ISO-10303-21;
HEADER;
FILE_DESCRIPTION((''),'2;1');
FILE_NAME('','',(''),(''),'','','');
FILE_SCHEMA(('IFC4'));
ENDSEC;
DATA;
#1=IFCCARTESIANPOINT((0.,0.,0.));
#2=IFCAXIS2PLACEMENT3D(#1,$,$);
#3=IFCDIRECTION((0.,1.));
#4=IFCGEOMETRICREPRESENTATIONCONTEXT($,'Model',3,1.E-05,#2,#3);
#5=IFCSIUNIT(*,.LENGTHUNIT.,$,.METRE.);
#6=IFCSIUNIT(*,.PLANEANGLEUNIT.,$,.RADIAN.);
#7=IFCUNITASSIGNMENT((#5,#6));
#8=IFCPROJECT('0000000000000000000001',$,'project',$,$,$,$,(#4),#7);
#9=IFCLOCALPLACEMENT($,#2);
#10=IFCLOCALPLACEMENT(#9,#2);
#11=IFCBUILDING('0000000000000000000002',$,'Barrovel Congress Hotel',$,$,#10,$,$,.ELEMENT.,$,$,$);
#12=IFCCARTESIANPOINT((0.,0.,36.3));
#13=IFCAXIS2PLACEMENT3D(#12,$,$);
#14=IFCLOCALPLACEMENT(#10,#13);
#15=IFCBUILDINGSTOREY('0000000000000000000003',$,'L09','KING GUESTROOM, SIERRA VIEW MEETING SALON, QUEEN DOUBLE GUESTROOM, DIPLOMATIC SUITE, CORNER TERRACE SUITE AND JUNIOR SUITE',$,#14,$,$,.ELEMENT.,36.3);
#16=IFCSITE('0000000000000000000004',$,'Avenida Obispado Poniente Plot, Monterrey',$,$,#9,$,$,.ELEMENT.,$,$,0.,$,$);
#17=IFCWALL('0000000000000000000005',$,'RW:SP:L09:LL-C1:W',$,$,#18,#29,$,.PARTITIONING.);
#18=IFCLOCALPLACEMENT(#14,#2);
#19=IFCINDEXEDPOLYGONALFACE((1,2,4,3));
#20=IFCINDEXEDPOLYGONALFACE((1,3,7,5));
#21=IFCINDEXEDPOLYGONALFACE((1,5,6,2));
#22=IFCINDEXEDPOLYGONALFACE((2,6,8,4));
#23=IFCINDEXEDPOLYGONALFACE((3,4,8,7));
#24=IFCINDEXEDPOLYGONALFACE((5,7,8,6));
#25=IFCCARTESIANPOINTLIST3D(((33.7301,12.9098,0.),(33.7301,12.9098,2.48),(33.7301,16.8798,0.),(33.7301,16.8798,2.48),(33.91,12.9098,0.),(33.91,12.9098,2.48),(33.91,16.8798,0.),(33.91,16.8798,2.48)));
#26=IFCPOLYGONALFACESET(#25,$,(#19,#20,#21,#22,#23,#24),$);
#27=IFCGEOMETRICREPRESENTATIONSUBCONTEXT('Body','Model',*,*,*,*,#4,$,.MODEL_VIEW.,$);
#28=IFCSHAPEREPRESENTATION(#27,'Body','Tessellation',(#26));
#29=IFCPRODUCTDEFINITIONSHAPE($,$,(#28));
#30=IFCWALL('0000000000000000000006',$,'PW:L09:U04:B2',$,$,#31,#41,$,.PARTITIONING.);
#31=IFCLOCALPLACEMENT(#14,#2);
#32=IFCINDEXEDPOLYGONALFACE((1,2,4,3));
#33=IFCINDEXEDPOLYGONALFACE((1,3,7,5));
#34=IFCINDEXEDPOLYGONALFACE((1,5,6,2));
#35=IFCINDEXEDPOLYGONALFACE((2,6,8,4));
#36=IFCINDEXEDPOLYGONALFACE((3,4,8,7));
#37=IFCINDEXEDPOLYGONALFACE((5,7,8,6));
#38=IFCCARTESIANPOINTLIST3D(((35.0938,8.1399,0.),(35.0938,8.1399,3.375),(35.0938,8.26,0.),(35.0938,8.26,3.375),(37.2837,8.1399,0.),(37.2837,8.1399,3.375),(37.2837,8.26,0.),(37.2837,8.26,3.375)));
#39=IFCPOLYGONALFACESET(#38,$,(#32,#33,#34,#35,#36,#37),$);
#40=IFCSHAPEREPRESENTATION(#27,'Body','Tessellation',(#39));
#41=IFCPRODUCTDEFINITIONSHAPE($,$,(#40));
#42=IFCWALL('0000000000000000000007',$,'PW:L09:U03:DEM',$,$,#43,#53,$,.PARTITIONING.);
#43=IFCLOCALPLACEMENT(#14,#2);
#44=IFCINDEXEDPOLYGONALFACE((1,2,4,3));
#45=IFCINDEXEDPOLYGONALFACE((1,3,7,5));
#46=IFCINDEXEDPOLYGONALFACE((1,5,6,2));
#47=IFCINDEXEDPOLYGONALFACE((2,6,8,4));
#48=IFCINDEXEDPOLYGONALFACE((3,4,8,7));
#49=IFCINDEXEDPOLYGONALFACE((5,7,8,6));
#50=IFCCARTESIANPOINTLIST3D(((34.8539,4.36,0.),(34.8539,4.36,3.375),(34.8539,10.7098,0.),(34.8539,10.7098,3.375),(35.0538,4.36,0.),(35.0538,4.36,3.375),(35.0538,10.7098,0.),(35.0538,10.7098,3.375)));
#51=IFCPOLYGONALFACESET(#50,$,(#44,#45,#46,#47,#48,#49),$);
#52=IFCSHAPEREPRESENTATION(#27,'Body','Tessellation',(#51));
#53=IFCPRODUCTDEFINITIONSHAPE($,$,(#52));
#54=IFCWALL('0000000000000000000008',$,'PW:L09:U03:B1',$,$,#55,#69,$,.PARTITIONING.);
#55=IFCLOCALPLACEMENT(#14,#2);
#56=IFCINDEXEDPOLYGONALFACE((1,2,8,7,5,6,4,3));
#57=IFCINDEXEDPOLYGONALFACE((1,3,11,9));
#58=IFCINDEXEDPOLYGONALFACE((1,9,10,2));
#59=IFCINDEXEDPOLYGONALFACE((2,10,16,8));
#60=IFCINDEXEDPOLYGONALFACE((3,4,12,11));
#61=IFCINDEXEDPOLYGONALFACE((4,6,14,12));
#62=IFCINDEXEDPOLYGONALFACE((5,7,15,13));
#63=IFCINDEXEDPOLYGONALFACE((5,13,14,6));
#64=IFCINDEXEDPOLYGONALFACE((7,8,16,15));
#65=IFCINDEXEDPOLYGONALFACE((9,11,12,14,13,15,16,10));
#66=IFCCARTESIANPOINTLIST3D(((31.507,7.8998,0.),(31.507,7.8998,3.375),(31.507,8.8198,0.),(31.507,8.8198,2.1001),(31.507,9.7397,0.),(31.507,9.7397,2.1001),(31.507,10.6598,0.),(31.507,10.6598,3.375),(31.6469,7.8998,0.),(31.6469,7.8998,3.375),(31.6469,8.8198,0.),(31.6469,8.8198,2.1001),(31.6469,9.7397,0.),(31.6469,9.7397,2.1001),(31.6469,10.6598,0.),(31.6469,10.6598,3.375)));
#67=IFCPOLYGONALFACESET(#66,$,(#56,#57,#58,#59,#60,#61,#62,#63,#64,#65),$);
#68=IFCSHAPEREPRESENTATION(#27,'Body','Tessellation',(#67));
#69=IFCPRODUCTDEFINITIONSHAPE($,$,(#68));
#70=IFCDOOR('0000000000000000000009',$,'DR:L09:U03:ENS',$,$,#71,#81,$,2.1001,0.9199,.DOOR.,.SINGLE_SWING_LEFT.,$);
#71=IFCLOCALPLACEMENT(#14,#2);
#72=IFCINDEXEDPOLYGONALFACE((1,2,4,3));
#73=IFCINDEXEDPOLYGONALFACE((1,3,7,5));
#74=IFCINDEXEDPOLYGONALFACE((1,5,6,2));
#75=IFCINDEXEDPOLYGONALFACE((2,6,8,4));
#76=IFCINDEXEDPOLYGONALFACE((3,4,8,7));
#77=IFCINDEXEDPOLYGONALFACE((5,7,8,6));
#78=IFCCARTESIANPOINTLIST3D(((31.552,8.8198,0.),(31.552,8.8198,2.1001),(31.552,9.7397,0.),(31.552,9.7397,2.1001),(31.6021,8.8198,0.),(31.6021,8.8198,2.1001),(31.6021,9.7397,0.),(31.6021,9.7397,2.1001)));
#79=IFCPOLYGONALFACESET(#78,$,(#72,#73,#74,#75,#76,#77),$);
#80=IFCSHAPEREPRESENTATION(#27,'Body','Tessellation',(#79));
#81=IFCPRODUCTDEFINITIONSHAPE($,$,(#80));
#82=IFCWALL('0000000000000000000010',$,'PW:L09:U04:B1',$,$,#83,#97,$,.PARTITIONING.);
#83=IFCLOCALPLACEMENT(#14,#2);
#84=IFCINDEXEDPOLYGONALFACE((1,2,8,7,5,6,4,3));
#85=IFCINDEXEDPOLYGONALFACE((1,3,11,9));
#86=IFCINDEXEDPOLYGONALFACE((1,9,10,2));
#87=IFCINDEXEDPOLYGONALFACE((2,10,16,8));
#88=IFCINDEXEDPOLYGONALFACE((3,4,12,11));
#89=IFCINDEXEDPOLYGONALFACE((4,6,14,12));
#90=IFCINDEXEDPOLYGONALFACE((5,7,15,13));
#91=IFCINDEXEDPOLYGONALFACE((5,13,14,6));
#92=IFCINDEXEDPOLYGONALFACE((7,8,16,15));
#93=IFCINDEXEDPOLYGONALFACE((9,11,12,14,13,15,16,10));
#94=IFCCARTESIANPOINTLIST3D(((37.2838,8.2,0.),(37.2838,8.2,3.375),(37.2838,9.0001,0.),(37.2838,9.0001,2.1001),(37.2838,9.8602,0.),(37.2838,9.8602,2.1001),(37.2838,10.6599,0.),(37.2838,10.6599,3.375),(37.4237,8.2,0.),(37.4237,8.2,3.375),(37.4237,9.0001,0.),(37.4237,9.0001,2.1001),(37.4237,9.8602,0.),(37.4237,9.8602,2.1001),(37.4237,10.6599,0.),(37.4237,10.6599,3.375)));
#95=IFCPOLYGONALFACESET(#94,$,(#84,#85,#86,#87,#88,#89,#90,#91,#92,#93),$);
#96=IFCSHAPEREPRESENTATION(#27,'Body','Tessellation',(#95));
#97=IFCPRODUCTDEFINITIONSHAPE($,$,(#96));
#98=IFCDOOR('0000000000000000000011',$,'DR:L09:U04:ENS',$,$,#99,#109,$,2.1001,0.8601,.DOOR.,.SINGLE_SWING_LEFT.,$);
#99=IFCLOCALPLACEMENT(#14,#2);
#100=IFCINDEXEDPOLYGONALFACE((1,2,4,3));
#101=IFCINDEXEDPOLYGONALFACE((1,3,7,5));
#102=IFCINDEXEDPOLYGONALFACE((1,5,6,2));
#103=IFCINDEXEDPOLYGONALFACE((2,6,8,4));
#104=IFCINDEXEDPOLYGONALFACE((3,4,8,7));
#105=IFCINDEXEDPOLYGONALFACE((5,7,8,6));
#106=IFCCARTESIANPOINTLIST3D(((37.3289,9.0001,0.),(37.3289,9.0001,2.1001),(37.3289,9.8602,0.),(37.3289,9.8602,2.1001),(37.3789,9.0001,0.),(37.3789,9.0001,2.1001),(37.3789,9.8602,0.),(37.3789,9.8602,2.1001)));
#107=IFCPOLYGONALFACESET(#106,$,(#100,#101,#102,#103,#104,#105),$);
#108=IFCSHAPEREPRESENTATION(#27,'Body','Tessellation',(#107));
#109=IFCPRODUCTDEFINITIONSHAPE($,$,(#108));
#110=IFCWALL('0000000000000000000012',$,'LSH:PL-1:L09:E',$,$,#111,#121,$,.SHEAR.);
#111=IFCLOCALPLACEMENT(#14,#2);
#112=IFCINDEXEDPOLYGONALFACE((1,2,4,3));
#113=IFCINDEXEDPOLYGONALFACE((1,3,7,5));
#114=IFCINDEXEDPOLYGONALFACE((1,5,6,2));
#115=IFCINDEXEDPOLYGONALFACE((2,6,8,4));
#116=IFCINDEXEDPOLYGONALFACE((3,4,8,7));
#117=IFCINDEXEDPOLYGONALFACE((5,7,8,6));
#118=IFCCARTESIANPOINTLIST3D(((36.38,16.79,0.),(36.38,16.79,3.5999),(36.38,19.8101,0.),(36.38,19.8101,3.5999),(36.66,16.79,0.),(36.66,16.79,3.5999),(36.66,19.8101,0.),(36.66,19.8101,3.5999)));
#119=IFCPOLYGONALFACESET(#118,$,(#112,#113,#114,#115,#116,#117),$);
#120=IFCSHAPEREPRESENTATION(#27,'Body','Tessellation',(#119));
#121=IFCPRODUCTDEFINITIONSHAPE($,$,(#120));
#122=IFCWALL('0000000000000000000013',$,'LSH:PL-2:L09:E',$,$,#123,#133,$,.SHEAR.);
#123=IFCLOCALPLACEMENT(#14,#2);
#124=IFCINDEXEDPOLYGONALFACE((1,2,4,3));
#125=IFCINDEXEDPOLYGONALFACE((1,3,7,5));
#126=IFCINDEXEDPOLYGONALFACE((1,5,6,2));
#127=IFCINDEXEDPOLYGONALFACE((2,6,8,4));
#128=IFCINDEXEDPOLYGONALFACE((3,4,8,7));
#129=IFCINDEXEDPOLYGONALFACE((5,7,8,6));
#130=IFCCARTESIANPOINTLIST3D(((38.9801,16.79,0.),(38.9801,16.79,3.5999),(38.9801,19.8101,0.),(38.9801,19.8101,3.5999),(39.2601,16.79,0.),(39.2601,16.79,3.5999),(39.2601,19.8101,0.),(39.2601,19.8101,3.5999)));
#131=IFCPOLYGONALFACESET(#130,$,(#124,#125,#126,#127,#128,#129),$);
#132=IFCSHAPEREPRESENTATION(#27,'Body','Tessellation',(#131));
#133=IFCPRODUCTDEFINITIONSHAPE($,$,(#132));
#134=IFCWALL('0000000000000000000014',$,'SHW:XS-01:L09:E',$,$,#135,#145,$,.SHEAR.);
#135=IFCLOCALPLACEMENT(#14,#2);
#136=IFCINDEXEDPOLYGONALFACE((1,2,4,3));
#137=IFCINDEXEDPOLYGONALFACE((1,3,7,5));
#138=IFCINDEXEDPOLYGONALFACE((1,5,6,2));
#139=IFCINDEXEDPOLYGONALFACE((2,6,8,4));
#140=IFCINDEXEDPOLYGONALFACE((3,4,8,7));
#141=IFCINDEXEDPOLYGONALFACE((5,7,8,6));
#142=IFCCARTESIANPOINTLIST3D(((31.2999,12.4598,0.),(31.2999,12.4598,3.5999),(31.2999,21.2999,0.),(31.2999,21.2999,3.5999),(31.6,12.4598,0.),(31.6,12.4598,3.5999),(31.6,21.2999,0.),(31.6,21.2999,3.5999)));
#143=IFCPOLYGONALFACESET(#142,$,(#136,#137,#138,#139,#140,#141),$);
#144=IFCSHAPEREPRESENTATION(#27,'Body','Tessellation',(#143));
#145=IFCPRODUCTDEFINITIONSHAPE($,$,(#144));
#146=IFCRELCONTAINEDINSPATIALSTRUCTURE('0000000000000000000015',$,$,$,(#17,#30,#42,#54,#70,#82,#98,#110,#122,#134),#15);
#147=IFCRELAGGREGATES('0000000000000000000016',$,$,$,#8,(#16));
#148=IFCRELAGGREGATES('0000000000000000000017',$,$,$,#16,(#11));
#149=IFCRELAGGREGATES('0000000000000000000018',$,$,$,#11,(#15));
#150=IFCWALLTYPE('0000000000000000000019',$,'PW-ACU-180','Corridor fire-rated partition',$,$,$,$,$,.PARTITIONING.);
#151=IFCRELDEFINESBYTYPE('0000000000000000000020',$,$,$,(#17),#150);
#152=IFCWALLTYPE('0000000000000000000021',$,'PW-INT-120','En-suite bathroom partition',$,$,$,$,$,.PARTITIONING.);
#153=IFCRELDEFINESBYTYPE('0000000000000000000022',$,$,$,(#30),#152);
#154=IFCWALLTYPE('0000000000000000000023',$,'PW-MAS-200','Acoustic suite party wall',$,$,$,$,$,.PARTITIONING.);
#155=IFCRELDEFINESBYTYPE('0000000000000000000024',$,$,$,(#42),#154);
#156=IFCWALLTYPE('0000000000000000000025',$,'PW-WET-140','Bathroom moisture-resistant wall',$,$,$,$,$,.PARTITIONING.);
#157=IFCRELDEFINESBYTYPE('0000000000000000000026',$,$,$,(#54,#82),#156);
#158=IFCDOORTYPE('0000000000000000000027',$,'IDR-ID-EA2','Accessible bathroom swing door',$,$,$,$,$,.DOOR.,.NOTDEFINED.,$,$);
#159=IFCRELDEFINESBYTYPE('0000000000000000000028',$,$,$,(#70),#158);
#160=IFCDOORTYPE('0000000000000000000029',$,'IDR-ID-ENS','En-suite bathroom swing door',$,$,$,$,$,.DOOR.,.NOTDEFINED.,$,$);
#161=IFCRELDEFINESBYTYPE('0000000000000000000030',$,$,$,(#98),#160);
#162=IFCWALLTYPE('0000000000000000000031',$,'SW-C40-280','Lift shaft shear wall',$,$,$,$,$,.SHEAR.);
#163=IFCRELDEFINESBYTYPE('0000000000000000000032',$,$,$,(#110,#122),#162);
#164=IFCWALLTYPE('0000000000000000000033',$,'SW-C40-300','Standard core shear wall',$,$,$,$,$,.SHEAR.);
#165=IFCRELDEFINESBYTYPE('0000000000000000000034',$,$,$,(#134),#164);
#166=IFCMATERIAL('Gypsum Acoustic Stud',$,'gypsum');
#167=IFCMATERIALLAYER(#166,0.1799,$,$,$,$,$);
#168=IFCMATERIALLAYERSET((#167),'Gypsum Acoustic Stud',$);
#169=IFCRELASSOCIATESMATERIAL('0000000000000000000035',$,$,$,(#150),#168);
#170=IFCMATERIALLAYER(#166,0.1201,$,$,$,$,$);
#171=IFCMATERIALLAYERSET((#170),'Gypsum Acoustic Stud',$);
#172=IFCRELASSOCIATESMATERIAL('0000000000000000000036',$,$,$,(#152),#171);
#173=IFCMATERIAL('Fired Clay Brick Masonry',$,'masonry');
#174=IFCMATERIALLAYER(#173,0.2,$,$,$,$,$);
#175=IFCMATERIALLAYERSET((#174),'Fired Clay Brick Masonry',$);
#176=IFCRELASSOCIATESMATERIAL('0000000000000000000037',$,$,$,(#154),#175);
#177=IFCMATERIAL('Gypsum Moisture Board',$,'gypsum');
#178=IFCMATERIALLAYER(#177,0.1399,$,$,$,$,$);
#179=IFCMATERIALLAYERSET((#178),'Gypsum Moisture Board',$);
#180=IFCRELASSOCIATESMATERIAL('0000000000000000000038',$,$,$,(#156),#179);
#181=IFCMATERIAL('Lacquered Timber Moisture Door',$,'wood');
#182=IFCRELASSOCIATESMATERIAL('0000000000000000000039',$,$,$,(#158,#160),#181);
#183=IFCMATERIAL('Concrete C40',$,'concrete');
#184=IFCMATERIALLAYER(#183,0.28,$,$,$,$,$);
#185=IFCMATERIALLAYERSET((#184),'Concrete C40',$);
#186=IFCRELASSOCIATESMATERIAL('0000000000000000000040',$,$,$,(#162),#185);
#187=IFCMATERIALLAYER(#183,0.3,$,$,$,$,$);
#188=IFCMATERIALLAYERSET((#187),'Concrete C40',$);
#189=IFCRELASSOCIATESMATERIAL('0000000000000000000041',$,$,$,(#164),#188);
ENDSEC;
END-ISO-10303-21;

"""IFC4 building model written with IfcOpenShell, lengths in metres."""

from ifc_helpers import new_model, si_unit, direction, frame, frame_2d, origin, place, context, subcontext, project, spatial, rectangle, extrude, material, layer, layer_set, type_object, element, fill, save


model = new_model("IFC4")

# Units and contexts
model_context = context("Model", 3, precision=1e-05, world=origin(), true_north=direction((0.0, 1.0)))
body_context = subcontext(model_context, "Body", "Model", "MODEL_VIEW")
ifc_project = project(units=[si_unit("LENGTHUNIT", "METRE"), si_unit("PLANEANGLEUNIT", "RADIAN")], contexts=[model_context])

# Site, building, storey
site_placement = place(None, origin())
site = spatial("IfcSite", under=ifc_project, at=site_placement, Name="Avenida Obispado Poniente Plot, Monterrey", CompositionType="ELEMENT", RefElevation=0.0)
building_placement = place(site_placement, origin())
building = spatial("IfcBuilding", under=site, at=building_placement, Name="Barrovel Congress Hotel", CompositionType="ELEMENT")
storey_placement = place(building_placement, frame((0.0, 0.0, 36.3)))
storey = spatial("IfcBuildingStorey", under=building, at=storey_placement, Name="L09", Description="KING GUESTROOM, SIERRA VIEW MEETING SALON, QUEEN DOUBLE GUESTROOM, DIPLOMATIC SUITE, CORNER TERRACE SUITE AND JUNIOR SUITE", CompositionType="ELEMENT", Elevation=36.3)

# Shared definitions
ifc_material_1 = material(Name="Concrete C40", Category="concrete")

# Shared definitions
ifc_material_2 = material(Name="Gypsum Acoustic Stud", Category="gypsum")
ifc_layer_1 = layer(ifc_material_2, 0.1799)
ifc_layer_set_1 = layer_set([ifc_layer_1], Name="Gypsum Acoustic Stud")
wall_type_1 = type_object("IfcWallType", Name="PW-ACU-180", Description="Corridor fire-rated partition", PredefinedType="PARTITIONING", material=ifc_layer_set_1)

# Walls
wall_1_placement = place(storey_placement, frame((33.8201, 12.9099, 0.0), z_axis=(0.0, 0.0, 1.0), x_axis=(0.0, 1.0, 0.0)))
element("IfcWall", 1, at=wall_1_placement, inside=storey, type_object=wall_type_1, Name="RW:SP:L09:LL-C1:W", PredefinedType="PARTITIONING", context=body_context, shape_type="SweptSolid", body=[
    extrude(rectangle(XDim=3.97, YDim=0.1799, at=frame_2d((1.9849, 0.0))), origin(), (0.0, 0.0, 1.0), 2.48),
])
ifc_layer_2 = layer(ifc_material_2, 0.1201)
ifc_layer_set_2 = layer_set([ifc_layer_2], Name="Gypsum Acoustic Stud")
wall_type_2 = type_object("IfcWallType", Name="PW-INT-120", Description="En-suite bathroom partition", PredefinedType="PARTITIONING", material=ifc_layer_set_2)
wall_2_placement = place(storey_placement, frame((35.0938, 8.2, 0.0), z_axis=(0.0, 0.0, 1.0), x_axis=(1.0, 0.0, 0.0)))
element("IfcWall", 2, at=wall_2_placement, inside=storey, type_object=wall_type_2, Name="PW:L09:U04:B2", PredefinedType="PARTITIONING", context=body_context, shape_type="SweptSolid", body=[
    extrude(rectangle(XDim=2.1899, YDim=0.1201, at=frame_2d((1.095, 0.0))), origin(), (0.0, 0.0, 1.0), 3.375),
])
ifc_material_3 = material(Name="Fired Clay Brick Masonry", Category="masonry")
ifc_layer_3 = layer(ifc_material_3, 0.2)
ifc_layer_set_3 = layer_set([ifc_layer_3], Name="Fired Clay Brick Masonry")
wall_type_3 = type_object("IfcWallType", Name="PW-MAS-200", Description="Acoustic suite party wall", PredefinedType="PARTITIONING", material=ifc_layer_set_3)
wall_3_placement = place(storey_placement, frame((34.9539, 4.3601, 0.0), z_axis=(0.0, 0.0, 1.0), x_axis=(0.0, 1.0, 0.0)))
element("IfcWall", 3, at=wall_3_placement, inside=storey, type_object=wall_type_3, Name="PW:L09:U03:DEM", PredefinedType="PARTITIONING", context=body_context, shape_type="SweptSolid", body=[
    extrude(rectangle(XDim=6.3499, YDim=0.2, at=frame_2d((3.1748, 0.0))), origin(), (0.0, 0.0, 1.0), 3.375),
])

# Walls, openings, doors
ifc_material_4 = material(Name="Gypsum Moisture Board", Category="gypsum")
ifc_layer_4 = layer(ifc_material_4, 0.1399)
ifc_layer_set_4 = layer_set([ifc_layer_4], Name="Gypsum Moisture Board")
wall_type_4 = type_object("IfcWallType", Name="PW-WET-140", Description="Bathroom moisture-resistant wall", PredefinedType="PARTITIONING", material=ifc_layer_set_4)
wall_4_placement = place(storey_placement, frame((31.5769, 7.8999, 0.0), z_axis=(0.0, 0.0, 1.0), x_axis=(0.0, 1.0, 0.0)))
wall_4 = element("IfcWall", 4, at=wall_4_placement, inside=storey, type_object=wall_type_4, Name="PW:L09:U03:B1", PredefinedType="PARTITIONING", context=body_context, shape_type="SweptSolid", body=[
    extrude(rectangle(XDim=2.76, YDim=0.1399, at=frame_2d((1.3799, 0.0))), origin(), (0.0, 0.0, 1.0), 3.375),
])
opening_1_placement = place(wall_4_placement, frame((0.9199, 0.0, 0.0)))
opening_1 = element("IfcOpeningElement", 5, at=opening_1_placement, cuts=wall_4, PredefinedType="OPENING", context=body_context, shape_type="SweptSolid", body=[
    extrude(rectangle(XDim=0.9199, YDim=2.1001, at=frame_2d((0.46, 1.05))), frame((0.0, 0.0801, 0.0), z_axis=(0.0, -1.0, 0.0), x_axis=(1.0, 0.0, 0.0)), (0.0, 0.0, 1.0), 0.1599),
])
ifc_material_5 = material(Name="Lacquered Timber Moisture Door", Category="wood")
door_type_1 = type_object("IfcDoorType", Name="IDR-ID-EA2", Description="Accessible bathroom swing door", OperationType="NOTDEFINED", PredefinedType="DOOR", material=ifc_material_5)
door_1_placement = place(opening_1_placement, origin())
door_1 = element("IfcDoor", 6, at=door_1_placement, inside=storey, type_object=door_type_1, Name="DR:L09:U03:ENS", OperationType="SINGLE_SWING_LEFT", OverallHeight=2.1001, OverallWidth=0.9199, PredefinedType="DOOR", context=body_context, shape_type="SweptSolid", body=[
    extrude(rectangle(XDim=0.9199, YDim=2.1001, at=frame_2d((0.46, 1.05))), frame((0.0, 0.0249, 0.0), z_axis=(0.0, -1.0, 0.0), x_axis=(1.0, 0.0, 0.0)), (0.0, 0.0, 1.0), 0.05),
])
fill(opening_1, door_1)
wall_5_placement = place(storey_placement, frame((37.3538, 8.2, 0.0), z_axis=(0.0, 0.0, 1.0), x_axis=(0.0, 1.0, 0.0)))
wall_5 = element("IfcWall", 7, at=wall_5_placement, inside=storey, type_object=wall_type_4, Name="PW:L09:U04:B1", PredefinedType="PARTITIONING", context=body_context, shape_type="SweptSolid", body=[
    extrude(rectangle(XDim=2.46, YDim=0.1399, at=frame_2d((1.23, 0.0))), origin(), (0.0, 0.0, 1.0), 3.375),
])
opening_2_placement = place(wall_5_placement, frame((0.8, 0.0, 0.0)))
opening_2 = element("IfcOpeningElement", 8, at=opening_2_placement, cuts=wall_5, PredefinedType="OPENING", context=body_context, shape_type="SweptSolid", body=[
    extrude(rectangle(XDim=0.8601, YDim=2.1001, at=frame_2d((0.4302, 1.05))), frame((0.0, 0.0801, 0.0), z_axis=(0.0, -1.0, 0.0), x_axis=(1.0, 0.0, 0.0)), (0.0, 0.0, 1.0), 0.1599),
])
door_type_2 = type_object("IfcDoorType", Name="IDR-ID-ENS", Description="En-suite bathroom swing door", OperationType="NOTDEFINED", PredefinedType="DOOR", material=ifc_material_5)
door_2_placement = place(opening_2_placement, origin())
door_2 = element("IfcDoor", 9, at=door_2_placement, inside=storey, type_object=door_type_2, Name="DR:L09:U04:ENS", OperationType="SINGLE_SWING_LEFT", OverallHeight=2.1001, OverallWidth=0.8601, PredefinedType="DOOR", context=body_context, shape_type="SweptSolid", body=[
    extrude(rectangle(XDim=0.8601, YDim=2.1001, at=frame_2d((0.4302, 1.05))), frame((0.0, 0.0249, 0.0), z_axis=(0.0, -1.0, 0.0), x_axis=(1.0, 0.0, 0.0)), (0.0, 0.0, 1.0), 0.05),
])
fill(opening_2, door_2)

# Walls
ifc_layer_5 = layer(ifc_material_1, 0.28)
ifc_layer_set_5 = layer_set([ifc_layer_5], Name="Concrete C40")
wall_type_5 = type_object("IfcWallType", Name="SW-C40-280", Description="Lift shaft shear wall", PredefinedType="SHEAR", material=ifc_layer_set_5)
for number, where, z_axis, x_axis, name in (
    (10, (36.52, 16.79, 0.0), (0.0, 0.0, 1.0), (0.0, 1.0, 0.0), "LSH:PL-1:L09:E"),
    (11, (39.1201, 16.79, 0.0), (0.0, 0.0, 1.0), (0.0, 1.0, 0.0), "LSH:PL-2:L09:E"),
):
    element("IfcWall", number, at=place(storey_placement, frame(where, z_axis=z_axis, x_axis=x_axis)), inside=storey, type_object=wall_type_5, Name=name, PredefinedType="SHEAR", context=body_context, shape_type="SweptSolid", body=[
        extrude(rectangle(XDim=3.02, YDim=0.28, at=frame_2d((1.51, 0.0))), origin(), (0.0, 0.0, 1.0), 3.5999),
    ])
ifc_layer_6 = layer(ifc_material_1, 0.3)
ifc_layer_set_6 = layer_set([ifc_layer_6], Name="Concrete C40")
wall_type_6 = type_object("IfcWallType", Name="SW-C40-300", Description="Standard core shear wall", PredefinedType="SHEAR", material=ifc_layer_set_6)
wall_6_placement = place(storey_placement, frame((31.45, 12.46, 0.0), z_axis=(0.0, 0.0, 1.0), x_axis=(0.0, 1.0, 0.0)))
element("IfcWall", 12, at=wall_6_placement, inside=storey, type_object=wall_type_6, Name="SHW:XS-01:L09:E", PredefinedType="SHEAR", context=body_context, shape_type="SweptSolid", body=[
    extrude(rectangle(XDim=8.8401, YDim=0.3, at=frame_2d((4.4199, 0.0))), origin(), (0.0, 0.0, 1.0), 3.5999),
])

save(model, "model.ifc")
